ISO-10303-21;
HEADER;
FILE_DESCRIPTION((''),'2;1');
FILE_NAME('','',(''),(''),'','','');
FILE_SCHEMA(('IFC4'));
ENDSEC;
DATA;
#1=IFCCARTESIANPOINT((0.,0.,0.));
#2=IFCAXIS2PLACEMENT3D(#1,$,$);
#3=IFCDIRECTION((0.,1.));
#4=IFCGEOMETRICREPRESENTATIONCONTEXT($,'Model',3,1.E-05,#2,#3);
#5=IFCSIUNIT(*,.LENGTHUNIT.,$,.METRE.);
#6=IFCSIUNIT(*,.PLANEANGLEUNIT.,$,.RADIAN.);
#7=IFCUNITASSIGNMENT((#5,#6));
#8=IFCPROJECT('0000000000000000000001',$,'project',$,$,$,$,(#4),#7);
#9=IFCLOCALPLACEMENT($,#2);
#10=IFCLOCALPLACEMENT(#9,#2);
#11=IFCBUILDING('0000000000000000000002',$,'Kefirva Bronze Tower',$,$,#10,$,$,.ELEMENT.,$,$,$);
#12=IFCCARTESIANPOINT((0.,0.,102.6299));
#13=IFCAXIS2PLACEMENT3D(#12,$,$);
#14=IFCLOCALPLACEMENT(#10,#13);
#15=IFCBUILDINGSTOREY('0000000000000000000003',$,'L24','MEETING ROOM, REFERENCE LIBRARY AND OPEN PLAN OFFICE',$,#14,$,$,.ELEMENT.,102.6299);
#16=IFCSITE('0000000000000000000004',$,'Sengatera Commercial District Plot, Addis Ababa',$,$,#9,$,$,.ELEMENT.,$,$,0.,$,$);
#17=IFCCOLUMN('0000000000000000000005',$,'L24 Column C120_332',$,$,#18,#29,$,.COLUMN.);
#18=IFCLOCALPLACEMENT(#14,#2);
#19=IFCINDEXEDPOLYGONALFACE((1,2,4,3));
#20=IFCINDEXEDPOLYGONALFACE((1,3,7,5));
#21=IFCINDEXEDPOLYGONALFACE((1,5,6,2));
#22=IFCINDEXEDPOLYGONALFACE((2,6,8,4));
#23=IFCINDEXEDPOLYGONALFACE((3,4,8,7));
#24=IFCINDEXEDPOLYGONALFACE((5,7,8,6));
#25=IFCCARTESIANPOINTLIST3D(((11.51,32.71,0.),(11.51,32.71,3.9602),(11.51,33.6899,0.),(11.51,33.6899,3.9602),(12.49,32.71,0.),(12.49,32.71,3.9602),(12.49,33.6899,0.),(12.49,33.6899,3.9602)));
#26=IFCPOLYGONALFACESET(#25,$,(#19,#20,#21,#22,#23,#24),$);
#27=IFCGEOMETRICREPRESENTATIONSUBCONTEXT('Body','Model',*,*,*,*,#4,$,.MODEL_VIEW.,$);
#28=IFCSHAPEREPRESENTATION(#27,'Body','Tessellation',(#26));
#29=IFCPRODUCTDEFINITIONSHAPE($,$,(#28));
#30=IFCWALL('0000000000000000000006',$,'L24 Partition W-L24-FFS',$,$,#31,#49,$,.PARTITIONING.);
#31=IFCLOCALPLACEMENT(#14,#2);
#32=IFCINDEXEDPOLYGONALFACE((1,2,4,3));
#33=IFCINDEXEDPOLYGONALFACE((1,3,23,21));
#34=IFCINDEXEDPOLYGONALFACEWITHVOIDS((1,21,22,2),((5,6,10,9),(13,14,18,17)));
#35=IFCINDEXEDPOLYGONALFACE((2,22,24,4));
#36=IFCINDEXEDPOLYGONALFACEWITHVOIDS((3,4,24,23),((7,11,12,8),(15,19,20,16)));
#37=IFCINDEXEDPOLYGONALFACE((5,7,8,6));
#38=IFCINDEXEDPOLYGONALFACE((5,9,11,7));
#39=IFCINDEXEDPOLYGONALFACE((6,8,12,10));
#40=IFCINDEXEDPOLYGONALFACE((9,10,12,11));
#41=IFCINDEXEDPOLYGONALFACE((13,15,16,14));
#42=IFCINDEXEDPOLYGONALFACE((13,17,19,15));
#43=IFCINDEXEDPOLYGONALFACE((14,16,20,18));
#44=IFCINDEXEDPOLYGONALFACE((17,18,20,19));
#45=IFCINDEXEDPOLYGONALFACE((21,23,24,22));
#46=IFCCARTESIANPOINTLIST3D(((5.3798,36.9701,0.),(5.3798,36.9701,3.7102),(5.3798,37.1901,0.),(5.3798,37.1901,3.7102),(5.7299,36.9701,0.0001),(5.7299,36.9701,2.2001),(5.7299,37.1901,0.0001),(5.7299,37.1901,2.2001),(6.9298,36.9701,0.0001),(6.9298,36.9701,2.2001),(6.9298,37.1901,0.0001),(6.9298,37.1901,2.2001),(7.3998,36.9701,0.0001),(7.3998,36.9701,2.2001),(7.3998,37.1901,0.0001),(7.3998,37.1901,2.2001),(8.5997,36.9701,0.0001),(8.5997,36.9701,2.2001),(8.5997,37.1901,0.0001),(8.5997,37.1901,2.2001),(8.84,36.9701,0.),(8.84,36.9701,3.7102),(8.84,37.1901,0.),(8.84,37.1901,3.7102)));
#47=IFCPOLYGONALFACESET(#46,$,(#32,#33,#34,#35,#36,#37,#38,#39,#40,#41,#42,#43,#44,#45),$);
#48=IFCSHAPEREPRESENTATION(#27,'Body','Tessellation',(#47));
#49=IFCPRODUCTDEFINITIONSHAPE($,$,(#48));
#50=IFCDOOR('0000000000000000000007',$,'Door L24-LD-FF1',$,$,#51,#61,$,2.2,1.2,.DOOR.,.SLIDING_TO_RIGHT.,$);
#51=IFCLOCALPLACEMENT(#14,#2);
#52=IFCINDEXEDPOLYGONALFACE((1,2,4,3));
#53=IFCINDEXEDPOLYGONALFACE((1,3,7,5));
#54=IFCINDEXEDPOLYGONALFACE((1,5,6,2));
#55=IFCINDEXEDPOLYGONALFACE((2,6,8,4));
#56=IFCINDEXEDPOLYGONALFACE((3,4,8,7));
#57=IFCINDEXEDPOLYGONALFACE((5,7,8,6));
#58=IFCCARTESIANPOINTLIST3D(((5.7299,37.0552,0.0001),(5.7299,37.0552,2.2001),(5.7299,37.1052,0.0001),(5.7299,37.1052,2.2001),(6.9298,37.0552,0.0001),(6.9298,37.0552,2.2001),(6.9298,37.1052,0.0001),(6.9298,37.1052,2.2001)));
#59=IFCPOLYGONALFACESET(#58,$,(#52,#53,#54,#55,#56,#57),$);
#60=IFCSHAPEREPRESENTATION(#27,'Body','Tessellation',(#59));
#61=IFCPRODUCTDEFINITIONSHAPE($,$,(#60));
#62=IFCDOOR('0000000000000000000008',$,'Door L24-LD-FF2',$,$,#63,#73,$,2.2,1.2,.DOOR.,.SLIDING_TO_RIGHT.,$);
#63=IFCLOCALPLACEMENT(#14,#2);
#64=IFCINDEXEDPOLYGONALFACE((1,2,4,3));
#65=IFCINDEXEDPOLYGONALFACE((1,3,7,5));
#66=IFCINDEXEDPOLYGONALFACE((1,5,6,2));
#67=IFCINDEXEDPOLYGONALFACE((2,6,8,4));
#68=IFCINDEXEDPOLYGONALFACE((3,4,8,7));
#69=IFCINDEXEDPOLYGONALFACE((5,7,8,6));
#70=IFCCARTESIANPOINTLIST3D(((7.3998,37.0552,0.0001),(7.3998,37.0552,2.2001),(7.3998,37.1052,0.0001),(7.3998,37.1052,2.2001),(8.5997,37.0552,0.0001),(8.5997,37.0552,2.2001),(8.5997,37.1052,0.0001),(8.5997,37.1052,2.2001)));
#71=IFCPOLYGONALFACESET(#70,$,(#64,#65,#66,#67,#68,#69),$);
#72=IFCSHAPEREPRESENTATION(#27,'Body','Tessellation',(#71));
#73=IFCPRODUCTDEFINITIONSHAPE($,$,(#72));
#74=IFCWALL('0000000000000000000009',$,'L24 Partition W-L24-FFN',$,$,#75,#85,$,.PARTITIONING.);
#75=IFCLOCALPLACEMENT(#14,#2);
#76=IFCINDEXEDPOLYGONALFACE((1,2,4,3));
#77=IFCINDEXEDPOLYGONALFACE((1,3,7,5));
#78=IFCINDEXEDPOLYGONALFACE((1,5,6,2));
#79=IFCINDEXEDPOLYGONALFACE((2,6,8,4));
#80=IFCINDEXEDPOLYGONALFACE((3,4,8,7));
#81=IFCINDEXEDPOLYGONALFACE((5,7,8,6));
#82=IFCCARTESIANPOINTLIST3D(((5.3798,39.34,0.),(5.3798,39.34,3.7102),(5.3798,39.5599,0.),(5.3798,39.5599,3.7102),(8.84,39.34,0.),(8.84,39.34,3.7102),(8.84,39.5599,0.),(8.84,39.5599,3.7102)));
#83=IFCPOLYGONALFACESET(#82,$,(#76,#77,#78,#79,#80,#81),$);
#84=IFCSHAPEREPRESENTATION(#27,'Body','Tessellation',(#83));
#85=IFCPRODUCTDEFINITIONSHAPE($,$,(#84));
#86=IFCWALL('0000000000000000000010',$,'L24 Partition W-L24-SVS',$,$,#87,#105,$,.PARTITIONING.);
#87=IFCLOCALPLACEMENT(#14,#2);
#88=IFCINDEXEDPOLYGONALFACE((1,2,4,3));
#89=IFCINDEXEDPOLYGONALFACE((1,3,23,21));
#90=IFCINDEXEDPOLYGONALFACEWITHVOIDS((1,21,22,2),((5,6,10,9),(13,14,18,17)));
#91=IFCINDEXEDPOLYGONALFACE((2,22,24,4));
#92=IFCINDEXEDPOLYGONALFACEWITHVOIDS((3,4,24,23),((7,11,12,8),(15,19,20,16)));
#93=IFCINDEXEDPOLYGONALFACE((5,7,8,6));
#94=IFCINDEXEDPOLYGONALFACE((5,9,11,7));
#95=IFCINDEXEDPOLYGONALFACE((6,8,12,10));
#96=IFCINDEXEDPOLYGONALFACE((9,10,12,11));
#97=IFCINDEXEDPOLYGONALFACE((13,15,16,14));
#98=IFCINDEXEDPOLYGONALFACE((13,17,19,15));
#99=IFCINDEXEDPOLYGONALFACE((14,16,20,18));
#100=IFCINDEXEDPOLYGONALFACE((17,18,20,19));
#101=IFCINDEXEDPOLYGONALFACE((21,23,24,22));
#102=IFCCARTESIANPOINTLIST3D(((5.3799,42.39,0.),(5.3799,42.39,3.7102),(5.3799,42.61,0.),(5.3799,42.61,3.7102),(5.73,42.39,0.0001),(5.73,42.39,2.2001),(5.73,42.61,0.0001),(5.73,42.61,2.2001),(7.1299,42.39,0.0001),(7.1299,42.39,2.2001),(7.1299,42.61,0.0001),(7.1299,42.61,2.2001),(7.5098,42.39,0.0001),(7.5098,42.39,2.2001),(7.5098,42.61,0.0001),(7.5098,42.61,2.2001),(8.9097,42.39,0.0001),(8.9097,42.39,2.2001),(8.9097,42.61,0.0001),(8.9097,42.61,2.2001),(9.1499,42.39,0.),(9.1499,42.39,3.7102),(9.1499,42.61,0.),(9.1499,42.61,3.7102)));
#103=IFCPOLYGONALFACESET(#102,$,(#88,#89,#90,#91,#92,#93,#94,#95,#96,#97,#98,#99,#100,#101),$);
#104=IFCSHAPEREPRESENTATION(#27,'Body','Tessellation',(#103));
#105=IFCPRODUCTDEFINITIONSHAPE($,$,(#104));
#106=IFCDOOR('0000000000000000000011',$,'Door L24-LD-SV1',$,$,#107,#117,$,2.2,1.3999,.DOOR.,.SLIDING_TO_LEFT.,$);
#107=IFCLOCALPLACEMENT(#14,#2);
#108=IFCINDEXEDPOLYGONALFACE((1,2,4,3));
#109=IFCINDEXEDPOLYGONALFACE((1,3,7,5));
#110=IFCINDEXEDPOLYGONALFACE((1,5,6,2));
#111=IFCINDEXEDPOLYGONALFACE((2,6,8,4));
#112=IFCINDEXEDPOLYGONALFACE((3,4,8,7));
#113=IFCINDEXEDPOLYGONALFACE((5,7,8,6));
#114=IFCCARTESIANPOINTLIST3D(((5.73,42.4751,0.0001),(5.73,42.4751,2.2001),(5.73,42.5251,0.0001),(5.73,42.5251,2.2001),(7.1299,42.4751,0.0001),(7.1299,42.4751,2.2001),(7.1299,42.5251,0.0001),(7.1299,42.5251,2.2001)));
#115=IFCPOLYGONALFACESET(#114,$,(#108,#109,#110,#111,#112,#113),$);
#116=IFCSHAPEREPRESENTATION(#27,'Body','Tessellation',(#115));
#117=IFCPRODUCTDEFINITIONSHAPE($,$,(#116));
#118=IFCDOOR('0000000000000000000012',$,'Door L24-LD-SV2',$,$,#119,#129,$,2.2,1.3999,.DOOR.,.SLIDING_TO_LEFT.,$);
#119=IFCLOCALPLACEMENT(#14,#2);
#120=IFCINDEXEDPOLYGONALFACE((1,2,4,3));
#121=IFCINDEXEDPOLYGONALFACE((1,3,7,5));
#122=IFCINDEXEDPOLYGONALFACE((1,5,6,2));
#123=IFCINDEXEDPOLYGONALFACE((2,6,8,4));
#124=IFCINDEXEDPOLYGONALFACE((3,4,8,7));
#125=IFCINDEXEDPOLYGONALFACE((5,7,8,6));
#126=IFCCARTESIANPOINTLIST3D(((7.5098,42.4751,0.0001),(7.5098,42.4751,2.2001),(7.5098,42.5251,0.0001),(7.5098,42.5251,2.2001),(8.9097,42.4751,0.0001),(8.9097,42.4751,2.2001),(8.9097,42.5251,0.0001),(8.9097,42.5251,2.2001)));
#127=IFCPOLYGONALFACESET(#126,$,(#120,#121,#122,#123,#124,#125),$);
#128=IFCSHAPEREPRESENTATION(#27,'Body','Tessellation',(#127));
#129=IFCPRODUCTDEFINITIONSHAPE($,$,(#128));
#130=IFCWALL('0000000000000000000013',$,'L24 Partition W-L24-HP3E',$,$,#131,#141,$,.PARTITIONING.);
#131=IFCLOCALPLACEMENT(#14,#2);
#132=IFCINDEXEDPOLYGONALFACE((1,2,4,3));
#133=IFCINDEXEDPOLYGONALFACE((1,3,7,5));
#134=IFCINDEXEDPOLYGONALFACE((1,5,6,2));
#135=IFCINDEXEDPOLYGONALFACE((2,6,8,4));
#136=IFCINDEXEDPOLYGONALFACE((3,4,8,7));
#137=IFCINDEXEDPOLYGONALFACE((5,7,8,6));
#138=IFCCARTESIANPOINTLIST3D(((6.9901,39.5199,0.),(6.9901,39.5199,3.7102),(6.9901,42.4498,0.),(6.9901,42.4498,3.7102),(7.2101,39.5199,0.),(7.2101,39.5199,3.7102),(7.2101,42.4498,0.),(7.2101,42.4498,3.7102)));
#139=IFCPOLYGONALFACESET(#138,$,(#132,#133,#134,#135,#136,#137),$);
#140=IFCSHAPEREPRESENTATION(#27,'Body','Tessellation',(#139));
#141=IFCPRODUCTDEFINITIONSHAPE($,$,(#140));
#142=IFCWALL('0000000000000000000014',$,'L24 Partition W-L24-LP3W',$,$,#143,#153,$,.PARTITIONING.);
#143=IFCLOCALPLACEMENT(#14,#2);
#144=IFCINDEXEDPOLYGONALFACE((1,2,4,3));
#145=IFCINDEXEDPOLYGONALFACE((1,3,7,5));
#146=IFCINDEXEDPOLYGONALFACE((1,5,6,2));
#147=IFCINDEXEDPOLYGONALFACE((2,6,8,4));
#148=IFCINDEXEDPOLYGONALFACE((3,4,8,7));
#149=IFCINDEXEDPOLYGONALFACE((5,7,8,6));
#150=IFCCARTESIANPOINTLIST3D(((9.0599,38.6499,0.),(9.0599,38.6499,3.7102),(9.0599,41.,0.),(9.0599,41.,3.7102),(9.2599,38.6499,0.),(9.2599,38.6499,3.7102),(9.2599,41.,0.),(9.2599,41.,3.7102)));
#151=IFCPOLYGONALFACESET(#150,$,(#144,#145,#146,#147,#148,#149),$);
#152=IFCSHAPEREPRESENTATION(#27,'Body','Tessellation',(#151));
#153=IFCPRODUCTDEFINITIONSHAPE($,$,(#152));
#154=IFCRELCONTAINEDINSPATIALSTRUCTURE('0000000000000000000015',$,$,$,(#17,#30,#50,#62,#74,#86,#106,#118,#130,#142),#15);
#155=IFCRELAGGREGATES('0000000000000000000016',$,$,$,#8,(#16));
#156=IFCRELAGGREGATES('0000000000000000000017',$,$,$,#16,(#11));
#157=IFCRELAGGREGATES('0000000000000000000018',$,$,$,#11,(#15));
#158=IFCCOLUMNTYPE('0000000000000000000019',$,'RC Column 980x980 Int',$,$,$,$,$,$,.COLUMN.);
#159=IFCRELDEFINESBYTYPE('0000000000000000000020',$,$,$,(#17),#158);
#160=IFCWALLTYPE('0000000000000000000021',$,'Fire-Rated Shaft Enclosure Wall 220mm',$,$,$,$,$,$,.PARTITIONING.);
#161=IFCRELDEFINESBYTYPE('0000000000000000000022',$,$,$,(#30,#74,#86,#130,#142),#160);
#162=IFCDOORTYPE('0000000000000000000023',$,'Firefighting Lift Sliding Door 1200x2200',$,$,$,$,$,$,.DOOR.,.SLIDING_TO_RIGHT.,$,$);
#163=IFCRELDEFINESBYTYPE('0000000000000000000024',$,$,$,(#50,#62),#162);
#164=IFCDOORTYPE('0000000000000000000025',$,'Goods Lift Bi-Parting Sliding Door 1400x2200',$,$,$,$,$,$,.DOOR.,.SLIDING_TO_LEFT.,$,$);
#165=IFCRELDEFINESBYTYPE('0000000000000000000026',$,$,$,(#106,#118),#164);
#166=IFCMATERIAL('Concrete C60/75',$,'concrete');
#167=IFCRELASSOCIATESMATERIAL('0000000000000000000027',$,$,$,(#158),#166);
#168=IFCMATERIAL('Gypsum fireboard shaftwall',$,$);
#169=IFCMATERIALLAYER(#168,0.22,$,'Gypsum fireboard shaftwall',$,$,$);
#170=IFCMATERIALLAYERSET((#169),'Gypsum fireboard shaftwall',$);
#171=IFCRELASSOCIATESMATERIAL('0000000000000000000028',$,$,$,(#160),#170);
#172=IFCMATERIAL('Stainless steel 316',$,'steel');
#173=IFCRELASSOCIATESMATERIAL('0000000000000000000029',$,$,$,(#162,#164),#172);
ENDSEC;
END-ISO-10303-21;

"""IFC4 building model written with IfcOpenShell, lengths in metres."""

from ifc_helpers import new_model, si_unit, direction, frame, frame_2d, origin, origin_2d, place, context, subcontext, project, spatial, rectangle, extrude, material, layer, layer_set, material_profile, profile_set, type_object, element, fill, save


model = new_model("IFC4")

# Units and contexts
model_context = context("Model", 3, precision=1e-05, world=origin(), true_north=direction((0.0, 1.0)))
body_context = subcontext(model_context, "Body", "Model", "MODEL_VIEW")
ifc_project = project(units=[si_unit("LENGTHUNIT", "METRE"), si_unit("PLANEANGLEUNIT", "RADIAN")], contexts=[model_context])

# Site, building, storey
site_placement = place(None, origin())
site = spatial("IfcSite", under=ifc_project, at=site_placement, Name="Sengatera Commercial District Plot, Addis Ababa", CompositionType="ELEMENT", RefElevation=0.0)
building_placement = place(site_placement, origin())
building = spatial("IfcBuilding", under=site, at=building_placement, Name="Kefirva Bronze Tower", CompositionType="ELEMENT")
storey_placement = place(building_placement, frame((0.0, 0.0, 102.6299)))
storey = spatial("IfcBuildingStorey", under=building, at=storey_placement, Name="L24", Description="MEETING ROOM, REFERENCE LIBRARY AND OPEN PLAN OFFICE", CompositionType="ELEMENT", Elevation=102.6299)

# Column
ifc_material_1 = material(Name="Concrete C60/75", Category="concrete")
ifc_material_profile = material_profile(ifc_material_1, rectangle(XDim=0.98, YDim=0.98, at=origin_2d()), Name="RC 980x980")
ifc_profile_set = profile_set([ifc_material_profile], Name="Concrete C60/75")
column_type = type_object("IfcColumnType", Name="RC Column 980x980 Int", PredefinedType="COLUMN", material=ifc_profile_set)
column_placement = place(storey_placement, frame((12.0, 33.2, 0.0), z_axis=(0.0, 0.0, 1.0), x_axis=(1.0, 0.0, 0.0)))
element("IfcColumn", 1, at=column_placement, inside=storey, type_object=column_type, Name="L24 Column C120_332", PredefinedType="COLUMN", context=body_context, shape_type="SweptSolid", body=[
    extrude(rectangle(XDim=0.98, YDim=0.98, at=origin_2d()), origin(), (0.0, 0.0, 1.0), 3.9602),
])

# Wall, openings, doors
ifc_material_2 = material(Name="Gypsum fireboard shaftwall")
ifc_layer_1 = layer(ifc_material_2, 0.22, Name="Gypsum fireboard shaftwall")
ifc_layer_set_1 = layer_set([ifc_layer_1], Name="Gypsum fireboard shaftwall")
wall_type_1 = type_object("IfcWallType", Name="Fire-Rated Shaft Enclosure Wall 220mm", PredefinedType="PARTITIONING", material=ifc_layer_set_1)
wall_1_placement = place(storey_placement, frame((5.3799, 37.0801, 0.0), z_axis=(0.0, 0.0, 1.0), x_axis=(1.0, 0.0, 0.0)))
wall_1 = element("IfcWall", 2, at=wall_1_placement, inside=storey, type_object=wall_type_1, Name="L24 Partition W-L24-FFS", PredefinedType="PARTITIONING", context=body_context, shape_type="SweptSolid", body=[
    extrude(rectangle(XDim=3.4602, YDim=0.22, at=frame_2d((1.73, 0.0))), origin(), (0.0, 0.0, 1.0), 3.7102),
])
opening_1_placement = place(wall_1_placement, frame((1.55, 0.0, 0.0), z_axis=(0.0, 0.0, 1.0), x_axis=(-1.0, 0.0, 0.0)))
opening_1 = element("IfcOpeningElement", 3, at=opening_1_placement, cuts=wall_1, PredefinedType="OPENING", context=body_context, shape_type="SweptSolid", body=[
    extrude(rectangle(XDim=1.2, YDim=2.2, at=frame_2d((0.6001, 1.1001))), frame((0.0, 0.1201, 0.0), z_axis=(0.0, -1.0, 0.0), x_axis=(1.0, 0.0, 0.0)), (0.0, 0.0, 1.0), 0.24),
])
opening_2_placement = place(wall_1_placement, frame((3.22, 0.0, 0.0), z_axis=(0.0, 0.0, 1.0), x_axis=(-1.0, 0.0, 0.0)))
opening_2 = element("IfcOpeningElement", 4, at=opening_2_placement, cuts=wall_1, PredefinedType="OPENING", context=body_context, shape_type="SweptSolid", body=[
    extrude(rectangle(XDim=1.2, YDim=2.2, at=frame_2d((0.6001, 1.1001))), frame((0.0, 0.1201, 0.0), z_axis=(0.0, -1.0, 0.0), x_axis=(1.0, 0.0, 0.0)), (0.0, 0.0, 1.0), 0.24),
])
ifc_material_3 = material(Name="Stainless steel 316", Category="steel")
door_type_1 = type_object("IfcDoorType", Name="Firefighting Lift Sliding Door 1200x2200", OperationType="SLIDING_TO_RIGHT", PredefinedType="DOOR", material=ifc_material_3)
door_1_placement = place(opening_1_placement, origin())
door_1 = element("IfcDoor", 5, at=door_1_placement, inside=storey, type_object=door_type_1, Name="Door L24-LD-FF1", OperationType="SLIDING_TO_RIGHT", OverallHeight=2.2, OverallWidth=1.2, PredefinedType="DOOR", context=body_context, shape_type="SweptSolid", body=[
    extrude(rectangle(XDim=1.2, YDim=2.2, at=frame_2d((0.6001, 1.1001))), frame((0.0, 0.0249, 0.0), z_axis=(0.0, -1.0, 0.0), x_axis=(1.0, 0.0, 0.0)), (0.0, 0.0, 1.0), 0.05),
])
fill(opening_1, door_1)
door_2_placement = place(opening_2_placement, origin())
door_2 = element("IfcDoor", 6, at=door_2_placement, inside=storey, type_object=door_type_1, Name="Door L24-LD-FF2", OperationType="SLIDING_TO_RIGHT", OverallHeight=2.2, OverallWidth=1.2, PredefinedType="DOOR", context=body_context, shape_type="SweptSolid", body=[
    extrude(rectangle(XDim=1.2, YDim=2.2, at=frame_2d((0.6001, 1.1001))), frame((0.0, 0.0249, 0.0), z_axis=(0.0, -1.0, 0.0), x_axis=(1.0, 0.0, 0.0)), (0.0, 0.0, 1.0), 0.05),
])
fill(opening_2, door_2)

# Wall
wall_2_placement = place(storey_placement, frame((5.3799, 39.45, 0.0), z_axis=(0.0, 0.0, 1.0), x_axis=(1.0, 0.0, 0.0)))
element("IfcWall", 7, at=wall_2_placement, inside=storey, type_object=wall_type_1, Name="L24 Partition W-L24-FFN", PredefinedType="PARTITIONING", context=body_context, shape_type="SweptSolid", body=[
    extrude(rectangle(XDim=3.4602, YDim=0.22, at=frame_2d((1.73, 0.0))), origin(), (0.0, 0.0, 1.0), 3.7102),
])

# Wall, openings, doors
wall_3_placement = place(storey_placement, frame((5.3799, 42.5, 0.0), z_axis=(0.0, 0.0, 1.0), x_axis=(1.0, 0.0, 0.0)))
wall_3 = element("IfcWall", 8, at=wall_3_placement, inside=storey, type_object=wall_type_1, Name="L24 Partition W-L24-SVS", PredefinedType="PARTITIONING", context=body_context, shape_type="SweptSolid", body=[
    extrude(rectangle(XDim=3.77, YDim=0.22, at=frame_2d((1.885, 0.0))), origin(), (0.0, 0.0, 1.0), 3.7102),
])
opening_3_placement = place(wall_3_placement, frame((1.75, 0.0, 0.0), z_axis=(0.0, 0.0, 1.0), x_axis=(-1.0, 0.0, 0.0)))
opening_3 = element("IfcOpeningElement", 9, at=opening_3_placement, cuts=wall_3, PredefinedType="OPENING", context=body_context, shape_type="SweptSolid", body=[
    extrude(rectangle(XDim=1.3999, YDim=2.2, at=frame_2d((0.7, 1.1001))), frame((0.0, 0.1201, 0.0), z_axis=(0.0, -1.0, 0.0), x_axis=(1.0, 0.0, 0.0)), (0.0, 0.0, 1.0), 0.24),
])
opening_4_placement = place(wall_3_placement, frame((3.5298, 0.0, 0.0), z_axis=(0.0, 0.0, 1.0), x_axis=(-1.0, 0.0, 0.0)))
opening_4 = element("IfcOpeningElement", 10, at=opening_4_placement, cuts=wall_3, PredefinedType="OPENING", context=body_context, shape_type="SweptSolid", body=[
    extrude(rectangle(XDim=1.3999, YDim=2.2, at=frame_2d((0.7, 1.1001))), frame((0.0, 0.1201, 0.0), z_axis=(0.0, -1.0, 0.0), x_axis=(1.0, 0.0, 0.0)), (0.0, 0.0, 1.0), 0.24),
])
door_type_2 = type_object("IfcDoorType", Name="Goods Lift Bi-Parting Sliding Door 1400x2200", OperationType="SLIDING_TO_LEFT", PredefinedType="DOOR", material=ifc_material_3)
door_3_placement = place(opening_3_placement, origin())
door_3 = element("IfcDoor", 11, at=door_3_placement, inside=storey, type_object=door_type_2, Name="Door L24-LD-SV1", OperationType="SLIDING_TO_LEFT", OverallHeight=2.2, OverallWidth=1.3999, PredefinedType="DOOR", context=body_context, shape_type="SweptSolid", body=[
    extrude(rectangle(XDim=1.3999, YDim=2.2, at=frame_2d((0.7, 1.1001))), frame((0.0, 0.0249, 0.0), z_axis=(0.0, -1.0, 0.0), x_axis=(1.0, 0.0, 0.0)), (0.0, 0.0, 1.0), 0.05),
])
fill(opening_3, door_3)
door_4_placement = place(opening_4_placement, origin())
door_4 = element("IfcDoor", 12, at=door_4_placement, inside=storey, type_object=door_type_2, Name="Door L24-LD-SV2", OperationType="SLIDING_TO_LEFT", OverallHeight=2.2, OverallWidth=1.3999, PredefinedType="DOOR", context=body_context, shape_type="SweptSolid", body=[
    extrude(rectangle(XDim=1.3999, YDim=2.2, at=frame_2d((0.7, 1.1001))), frame((0.0, 0.0249, 0.0), z_axis=(0.0, -1.0, 0.0), x_axis=(1.0, 0.0, 0.0)), (0.0, 0.0, 1.0), 0.05),
])
fill(opening_4, door_4)

# Walls
wall_4_placement = place(storey_placement, frame((7.1001, 39.52, 0.0), z_axis=(0.0, 0.0, 1.0), x_axis=(0.0, 1.0, 0.0)))
element("IfcWall", 13, at=wall_4_placement, inside=storey, type_object=wall_type_1, Name="L24 Partition W-L24-HP3E", PredefinedType="PARTITIONING", context=body_context, shape_type="SweptSolid", body=[
    extrude(rectangle(XDim=2.9299, YDim=0.22, at=frame_2d((1.4648, 0.0))), origin(), (0.0, 0.0, 1.0), 3.7102),
])
wall_5_placement = place(storey_placement, frame((9.1599, 38.6499, 0.0), z_axis=(0.0, 0.0, 1.0), x_axis=(0.0, 1.0, 0.0)))
element("IfcWall", 14, at=wall_5_placement, inside=storey, type_object=wall_type_1, Name="L24 Partition W-L24-LP3W", PredefinedType="PARTITIONING", context=body_context, shape_type="SweptSolid", body=[
    extrude(rectangle(XDim=2.3501, YDim=0.2, at=frame_2d((1.175, 0.0))), origin(), (0.0, 0.0, 1.0), 3.7102),
])

save(model, "model.ifc")
